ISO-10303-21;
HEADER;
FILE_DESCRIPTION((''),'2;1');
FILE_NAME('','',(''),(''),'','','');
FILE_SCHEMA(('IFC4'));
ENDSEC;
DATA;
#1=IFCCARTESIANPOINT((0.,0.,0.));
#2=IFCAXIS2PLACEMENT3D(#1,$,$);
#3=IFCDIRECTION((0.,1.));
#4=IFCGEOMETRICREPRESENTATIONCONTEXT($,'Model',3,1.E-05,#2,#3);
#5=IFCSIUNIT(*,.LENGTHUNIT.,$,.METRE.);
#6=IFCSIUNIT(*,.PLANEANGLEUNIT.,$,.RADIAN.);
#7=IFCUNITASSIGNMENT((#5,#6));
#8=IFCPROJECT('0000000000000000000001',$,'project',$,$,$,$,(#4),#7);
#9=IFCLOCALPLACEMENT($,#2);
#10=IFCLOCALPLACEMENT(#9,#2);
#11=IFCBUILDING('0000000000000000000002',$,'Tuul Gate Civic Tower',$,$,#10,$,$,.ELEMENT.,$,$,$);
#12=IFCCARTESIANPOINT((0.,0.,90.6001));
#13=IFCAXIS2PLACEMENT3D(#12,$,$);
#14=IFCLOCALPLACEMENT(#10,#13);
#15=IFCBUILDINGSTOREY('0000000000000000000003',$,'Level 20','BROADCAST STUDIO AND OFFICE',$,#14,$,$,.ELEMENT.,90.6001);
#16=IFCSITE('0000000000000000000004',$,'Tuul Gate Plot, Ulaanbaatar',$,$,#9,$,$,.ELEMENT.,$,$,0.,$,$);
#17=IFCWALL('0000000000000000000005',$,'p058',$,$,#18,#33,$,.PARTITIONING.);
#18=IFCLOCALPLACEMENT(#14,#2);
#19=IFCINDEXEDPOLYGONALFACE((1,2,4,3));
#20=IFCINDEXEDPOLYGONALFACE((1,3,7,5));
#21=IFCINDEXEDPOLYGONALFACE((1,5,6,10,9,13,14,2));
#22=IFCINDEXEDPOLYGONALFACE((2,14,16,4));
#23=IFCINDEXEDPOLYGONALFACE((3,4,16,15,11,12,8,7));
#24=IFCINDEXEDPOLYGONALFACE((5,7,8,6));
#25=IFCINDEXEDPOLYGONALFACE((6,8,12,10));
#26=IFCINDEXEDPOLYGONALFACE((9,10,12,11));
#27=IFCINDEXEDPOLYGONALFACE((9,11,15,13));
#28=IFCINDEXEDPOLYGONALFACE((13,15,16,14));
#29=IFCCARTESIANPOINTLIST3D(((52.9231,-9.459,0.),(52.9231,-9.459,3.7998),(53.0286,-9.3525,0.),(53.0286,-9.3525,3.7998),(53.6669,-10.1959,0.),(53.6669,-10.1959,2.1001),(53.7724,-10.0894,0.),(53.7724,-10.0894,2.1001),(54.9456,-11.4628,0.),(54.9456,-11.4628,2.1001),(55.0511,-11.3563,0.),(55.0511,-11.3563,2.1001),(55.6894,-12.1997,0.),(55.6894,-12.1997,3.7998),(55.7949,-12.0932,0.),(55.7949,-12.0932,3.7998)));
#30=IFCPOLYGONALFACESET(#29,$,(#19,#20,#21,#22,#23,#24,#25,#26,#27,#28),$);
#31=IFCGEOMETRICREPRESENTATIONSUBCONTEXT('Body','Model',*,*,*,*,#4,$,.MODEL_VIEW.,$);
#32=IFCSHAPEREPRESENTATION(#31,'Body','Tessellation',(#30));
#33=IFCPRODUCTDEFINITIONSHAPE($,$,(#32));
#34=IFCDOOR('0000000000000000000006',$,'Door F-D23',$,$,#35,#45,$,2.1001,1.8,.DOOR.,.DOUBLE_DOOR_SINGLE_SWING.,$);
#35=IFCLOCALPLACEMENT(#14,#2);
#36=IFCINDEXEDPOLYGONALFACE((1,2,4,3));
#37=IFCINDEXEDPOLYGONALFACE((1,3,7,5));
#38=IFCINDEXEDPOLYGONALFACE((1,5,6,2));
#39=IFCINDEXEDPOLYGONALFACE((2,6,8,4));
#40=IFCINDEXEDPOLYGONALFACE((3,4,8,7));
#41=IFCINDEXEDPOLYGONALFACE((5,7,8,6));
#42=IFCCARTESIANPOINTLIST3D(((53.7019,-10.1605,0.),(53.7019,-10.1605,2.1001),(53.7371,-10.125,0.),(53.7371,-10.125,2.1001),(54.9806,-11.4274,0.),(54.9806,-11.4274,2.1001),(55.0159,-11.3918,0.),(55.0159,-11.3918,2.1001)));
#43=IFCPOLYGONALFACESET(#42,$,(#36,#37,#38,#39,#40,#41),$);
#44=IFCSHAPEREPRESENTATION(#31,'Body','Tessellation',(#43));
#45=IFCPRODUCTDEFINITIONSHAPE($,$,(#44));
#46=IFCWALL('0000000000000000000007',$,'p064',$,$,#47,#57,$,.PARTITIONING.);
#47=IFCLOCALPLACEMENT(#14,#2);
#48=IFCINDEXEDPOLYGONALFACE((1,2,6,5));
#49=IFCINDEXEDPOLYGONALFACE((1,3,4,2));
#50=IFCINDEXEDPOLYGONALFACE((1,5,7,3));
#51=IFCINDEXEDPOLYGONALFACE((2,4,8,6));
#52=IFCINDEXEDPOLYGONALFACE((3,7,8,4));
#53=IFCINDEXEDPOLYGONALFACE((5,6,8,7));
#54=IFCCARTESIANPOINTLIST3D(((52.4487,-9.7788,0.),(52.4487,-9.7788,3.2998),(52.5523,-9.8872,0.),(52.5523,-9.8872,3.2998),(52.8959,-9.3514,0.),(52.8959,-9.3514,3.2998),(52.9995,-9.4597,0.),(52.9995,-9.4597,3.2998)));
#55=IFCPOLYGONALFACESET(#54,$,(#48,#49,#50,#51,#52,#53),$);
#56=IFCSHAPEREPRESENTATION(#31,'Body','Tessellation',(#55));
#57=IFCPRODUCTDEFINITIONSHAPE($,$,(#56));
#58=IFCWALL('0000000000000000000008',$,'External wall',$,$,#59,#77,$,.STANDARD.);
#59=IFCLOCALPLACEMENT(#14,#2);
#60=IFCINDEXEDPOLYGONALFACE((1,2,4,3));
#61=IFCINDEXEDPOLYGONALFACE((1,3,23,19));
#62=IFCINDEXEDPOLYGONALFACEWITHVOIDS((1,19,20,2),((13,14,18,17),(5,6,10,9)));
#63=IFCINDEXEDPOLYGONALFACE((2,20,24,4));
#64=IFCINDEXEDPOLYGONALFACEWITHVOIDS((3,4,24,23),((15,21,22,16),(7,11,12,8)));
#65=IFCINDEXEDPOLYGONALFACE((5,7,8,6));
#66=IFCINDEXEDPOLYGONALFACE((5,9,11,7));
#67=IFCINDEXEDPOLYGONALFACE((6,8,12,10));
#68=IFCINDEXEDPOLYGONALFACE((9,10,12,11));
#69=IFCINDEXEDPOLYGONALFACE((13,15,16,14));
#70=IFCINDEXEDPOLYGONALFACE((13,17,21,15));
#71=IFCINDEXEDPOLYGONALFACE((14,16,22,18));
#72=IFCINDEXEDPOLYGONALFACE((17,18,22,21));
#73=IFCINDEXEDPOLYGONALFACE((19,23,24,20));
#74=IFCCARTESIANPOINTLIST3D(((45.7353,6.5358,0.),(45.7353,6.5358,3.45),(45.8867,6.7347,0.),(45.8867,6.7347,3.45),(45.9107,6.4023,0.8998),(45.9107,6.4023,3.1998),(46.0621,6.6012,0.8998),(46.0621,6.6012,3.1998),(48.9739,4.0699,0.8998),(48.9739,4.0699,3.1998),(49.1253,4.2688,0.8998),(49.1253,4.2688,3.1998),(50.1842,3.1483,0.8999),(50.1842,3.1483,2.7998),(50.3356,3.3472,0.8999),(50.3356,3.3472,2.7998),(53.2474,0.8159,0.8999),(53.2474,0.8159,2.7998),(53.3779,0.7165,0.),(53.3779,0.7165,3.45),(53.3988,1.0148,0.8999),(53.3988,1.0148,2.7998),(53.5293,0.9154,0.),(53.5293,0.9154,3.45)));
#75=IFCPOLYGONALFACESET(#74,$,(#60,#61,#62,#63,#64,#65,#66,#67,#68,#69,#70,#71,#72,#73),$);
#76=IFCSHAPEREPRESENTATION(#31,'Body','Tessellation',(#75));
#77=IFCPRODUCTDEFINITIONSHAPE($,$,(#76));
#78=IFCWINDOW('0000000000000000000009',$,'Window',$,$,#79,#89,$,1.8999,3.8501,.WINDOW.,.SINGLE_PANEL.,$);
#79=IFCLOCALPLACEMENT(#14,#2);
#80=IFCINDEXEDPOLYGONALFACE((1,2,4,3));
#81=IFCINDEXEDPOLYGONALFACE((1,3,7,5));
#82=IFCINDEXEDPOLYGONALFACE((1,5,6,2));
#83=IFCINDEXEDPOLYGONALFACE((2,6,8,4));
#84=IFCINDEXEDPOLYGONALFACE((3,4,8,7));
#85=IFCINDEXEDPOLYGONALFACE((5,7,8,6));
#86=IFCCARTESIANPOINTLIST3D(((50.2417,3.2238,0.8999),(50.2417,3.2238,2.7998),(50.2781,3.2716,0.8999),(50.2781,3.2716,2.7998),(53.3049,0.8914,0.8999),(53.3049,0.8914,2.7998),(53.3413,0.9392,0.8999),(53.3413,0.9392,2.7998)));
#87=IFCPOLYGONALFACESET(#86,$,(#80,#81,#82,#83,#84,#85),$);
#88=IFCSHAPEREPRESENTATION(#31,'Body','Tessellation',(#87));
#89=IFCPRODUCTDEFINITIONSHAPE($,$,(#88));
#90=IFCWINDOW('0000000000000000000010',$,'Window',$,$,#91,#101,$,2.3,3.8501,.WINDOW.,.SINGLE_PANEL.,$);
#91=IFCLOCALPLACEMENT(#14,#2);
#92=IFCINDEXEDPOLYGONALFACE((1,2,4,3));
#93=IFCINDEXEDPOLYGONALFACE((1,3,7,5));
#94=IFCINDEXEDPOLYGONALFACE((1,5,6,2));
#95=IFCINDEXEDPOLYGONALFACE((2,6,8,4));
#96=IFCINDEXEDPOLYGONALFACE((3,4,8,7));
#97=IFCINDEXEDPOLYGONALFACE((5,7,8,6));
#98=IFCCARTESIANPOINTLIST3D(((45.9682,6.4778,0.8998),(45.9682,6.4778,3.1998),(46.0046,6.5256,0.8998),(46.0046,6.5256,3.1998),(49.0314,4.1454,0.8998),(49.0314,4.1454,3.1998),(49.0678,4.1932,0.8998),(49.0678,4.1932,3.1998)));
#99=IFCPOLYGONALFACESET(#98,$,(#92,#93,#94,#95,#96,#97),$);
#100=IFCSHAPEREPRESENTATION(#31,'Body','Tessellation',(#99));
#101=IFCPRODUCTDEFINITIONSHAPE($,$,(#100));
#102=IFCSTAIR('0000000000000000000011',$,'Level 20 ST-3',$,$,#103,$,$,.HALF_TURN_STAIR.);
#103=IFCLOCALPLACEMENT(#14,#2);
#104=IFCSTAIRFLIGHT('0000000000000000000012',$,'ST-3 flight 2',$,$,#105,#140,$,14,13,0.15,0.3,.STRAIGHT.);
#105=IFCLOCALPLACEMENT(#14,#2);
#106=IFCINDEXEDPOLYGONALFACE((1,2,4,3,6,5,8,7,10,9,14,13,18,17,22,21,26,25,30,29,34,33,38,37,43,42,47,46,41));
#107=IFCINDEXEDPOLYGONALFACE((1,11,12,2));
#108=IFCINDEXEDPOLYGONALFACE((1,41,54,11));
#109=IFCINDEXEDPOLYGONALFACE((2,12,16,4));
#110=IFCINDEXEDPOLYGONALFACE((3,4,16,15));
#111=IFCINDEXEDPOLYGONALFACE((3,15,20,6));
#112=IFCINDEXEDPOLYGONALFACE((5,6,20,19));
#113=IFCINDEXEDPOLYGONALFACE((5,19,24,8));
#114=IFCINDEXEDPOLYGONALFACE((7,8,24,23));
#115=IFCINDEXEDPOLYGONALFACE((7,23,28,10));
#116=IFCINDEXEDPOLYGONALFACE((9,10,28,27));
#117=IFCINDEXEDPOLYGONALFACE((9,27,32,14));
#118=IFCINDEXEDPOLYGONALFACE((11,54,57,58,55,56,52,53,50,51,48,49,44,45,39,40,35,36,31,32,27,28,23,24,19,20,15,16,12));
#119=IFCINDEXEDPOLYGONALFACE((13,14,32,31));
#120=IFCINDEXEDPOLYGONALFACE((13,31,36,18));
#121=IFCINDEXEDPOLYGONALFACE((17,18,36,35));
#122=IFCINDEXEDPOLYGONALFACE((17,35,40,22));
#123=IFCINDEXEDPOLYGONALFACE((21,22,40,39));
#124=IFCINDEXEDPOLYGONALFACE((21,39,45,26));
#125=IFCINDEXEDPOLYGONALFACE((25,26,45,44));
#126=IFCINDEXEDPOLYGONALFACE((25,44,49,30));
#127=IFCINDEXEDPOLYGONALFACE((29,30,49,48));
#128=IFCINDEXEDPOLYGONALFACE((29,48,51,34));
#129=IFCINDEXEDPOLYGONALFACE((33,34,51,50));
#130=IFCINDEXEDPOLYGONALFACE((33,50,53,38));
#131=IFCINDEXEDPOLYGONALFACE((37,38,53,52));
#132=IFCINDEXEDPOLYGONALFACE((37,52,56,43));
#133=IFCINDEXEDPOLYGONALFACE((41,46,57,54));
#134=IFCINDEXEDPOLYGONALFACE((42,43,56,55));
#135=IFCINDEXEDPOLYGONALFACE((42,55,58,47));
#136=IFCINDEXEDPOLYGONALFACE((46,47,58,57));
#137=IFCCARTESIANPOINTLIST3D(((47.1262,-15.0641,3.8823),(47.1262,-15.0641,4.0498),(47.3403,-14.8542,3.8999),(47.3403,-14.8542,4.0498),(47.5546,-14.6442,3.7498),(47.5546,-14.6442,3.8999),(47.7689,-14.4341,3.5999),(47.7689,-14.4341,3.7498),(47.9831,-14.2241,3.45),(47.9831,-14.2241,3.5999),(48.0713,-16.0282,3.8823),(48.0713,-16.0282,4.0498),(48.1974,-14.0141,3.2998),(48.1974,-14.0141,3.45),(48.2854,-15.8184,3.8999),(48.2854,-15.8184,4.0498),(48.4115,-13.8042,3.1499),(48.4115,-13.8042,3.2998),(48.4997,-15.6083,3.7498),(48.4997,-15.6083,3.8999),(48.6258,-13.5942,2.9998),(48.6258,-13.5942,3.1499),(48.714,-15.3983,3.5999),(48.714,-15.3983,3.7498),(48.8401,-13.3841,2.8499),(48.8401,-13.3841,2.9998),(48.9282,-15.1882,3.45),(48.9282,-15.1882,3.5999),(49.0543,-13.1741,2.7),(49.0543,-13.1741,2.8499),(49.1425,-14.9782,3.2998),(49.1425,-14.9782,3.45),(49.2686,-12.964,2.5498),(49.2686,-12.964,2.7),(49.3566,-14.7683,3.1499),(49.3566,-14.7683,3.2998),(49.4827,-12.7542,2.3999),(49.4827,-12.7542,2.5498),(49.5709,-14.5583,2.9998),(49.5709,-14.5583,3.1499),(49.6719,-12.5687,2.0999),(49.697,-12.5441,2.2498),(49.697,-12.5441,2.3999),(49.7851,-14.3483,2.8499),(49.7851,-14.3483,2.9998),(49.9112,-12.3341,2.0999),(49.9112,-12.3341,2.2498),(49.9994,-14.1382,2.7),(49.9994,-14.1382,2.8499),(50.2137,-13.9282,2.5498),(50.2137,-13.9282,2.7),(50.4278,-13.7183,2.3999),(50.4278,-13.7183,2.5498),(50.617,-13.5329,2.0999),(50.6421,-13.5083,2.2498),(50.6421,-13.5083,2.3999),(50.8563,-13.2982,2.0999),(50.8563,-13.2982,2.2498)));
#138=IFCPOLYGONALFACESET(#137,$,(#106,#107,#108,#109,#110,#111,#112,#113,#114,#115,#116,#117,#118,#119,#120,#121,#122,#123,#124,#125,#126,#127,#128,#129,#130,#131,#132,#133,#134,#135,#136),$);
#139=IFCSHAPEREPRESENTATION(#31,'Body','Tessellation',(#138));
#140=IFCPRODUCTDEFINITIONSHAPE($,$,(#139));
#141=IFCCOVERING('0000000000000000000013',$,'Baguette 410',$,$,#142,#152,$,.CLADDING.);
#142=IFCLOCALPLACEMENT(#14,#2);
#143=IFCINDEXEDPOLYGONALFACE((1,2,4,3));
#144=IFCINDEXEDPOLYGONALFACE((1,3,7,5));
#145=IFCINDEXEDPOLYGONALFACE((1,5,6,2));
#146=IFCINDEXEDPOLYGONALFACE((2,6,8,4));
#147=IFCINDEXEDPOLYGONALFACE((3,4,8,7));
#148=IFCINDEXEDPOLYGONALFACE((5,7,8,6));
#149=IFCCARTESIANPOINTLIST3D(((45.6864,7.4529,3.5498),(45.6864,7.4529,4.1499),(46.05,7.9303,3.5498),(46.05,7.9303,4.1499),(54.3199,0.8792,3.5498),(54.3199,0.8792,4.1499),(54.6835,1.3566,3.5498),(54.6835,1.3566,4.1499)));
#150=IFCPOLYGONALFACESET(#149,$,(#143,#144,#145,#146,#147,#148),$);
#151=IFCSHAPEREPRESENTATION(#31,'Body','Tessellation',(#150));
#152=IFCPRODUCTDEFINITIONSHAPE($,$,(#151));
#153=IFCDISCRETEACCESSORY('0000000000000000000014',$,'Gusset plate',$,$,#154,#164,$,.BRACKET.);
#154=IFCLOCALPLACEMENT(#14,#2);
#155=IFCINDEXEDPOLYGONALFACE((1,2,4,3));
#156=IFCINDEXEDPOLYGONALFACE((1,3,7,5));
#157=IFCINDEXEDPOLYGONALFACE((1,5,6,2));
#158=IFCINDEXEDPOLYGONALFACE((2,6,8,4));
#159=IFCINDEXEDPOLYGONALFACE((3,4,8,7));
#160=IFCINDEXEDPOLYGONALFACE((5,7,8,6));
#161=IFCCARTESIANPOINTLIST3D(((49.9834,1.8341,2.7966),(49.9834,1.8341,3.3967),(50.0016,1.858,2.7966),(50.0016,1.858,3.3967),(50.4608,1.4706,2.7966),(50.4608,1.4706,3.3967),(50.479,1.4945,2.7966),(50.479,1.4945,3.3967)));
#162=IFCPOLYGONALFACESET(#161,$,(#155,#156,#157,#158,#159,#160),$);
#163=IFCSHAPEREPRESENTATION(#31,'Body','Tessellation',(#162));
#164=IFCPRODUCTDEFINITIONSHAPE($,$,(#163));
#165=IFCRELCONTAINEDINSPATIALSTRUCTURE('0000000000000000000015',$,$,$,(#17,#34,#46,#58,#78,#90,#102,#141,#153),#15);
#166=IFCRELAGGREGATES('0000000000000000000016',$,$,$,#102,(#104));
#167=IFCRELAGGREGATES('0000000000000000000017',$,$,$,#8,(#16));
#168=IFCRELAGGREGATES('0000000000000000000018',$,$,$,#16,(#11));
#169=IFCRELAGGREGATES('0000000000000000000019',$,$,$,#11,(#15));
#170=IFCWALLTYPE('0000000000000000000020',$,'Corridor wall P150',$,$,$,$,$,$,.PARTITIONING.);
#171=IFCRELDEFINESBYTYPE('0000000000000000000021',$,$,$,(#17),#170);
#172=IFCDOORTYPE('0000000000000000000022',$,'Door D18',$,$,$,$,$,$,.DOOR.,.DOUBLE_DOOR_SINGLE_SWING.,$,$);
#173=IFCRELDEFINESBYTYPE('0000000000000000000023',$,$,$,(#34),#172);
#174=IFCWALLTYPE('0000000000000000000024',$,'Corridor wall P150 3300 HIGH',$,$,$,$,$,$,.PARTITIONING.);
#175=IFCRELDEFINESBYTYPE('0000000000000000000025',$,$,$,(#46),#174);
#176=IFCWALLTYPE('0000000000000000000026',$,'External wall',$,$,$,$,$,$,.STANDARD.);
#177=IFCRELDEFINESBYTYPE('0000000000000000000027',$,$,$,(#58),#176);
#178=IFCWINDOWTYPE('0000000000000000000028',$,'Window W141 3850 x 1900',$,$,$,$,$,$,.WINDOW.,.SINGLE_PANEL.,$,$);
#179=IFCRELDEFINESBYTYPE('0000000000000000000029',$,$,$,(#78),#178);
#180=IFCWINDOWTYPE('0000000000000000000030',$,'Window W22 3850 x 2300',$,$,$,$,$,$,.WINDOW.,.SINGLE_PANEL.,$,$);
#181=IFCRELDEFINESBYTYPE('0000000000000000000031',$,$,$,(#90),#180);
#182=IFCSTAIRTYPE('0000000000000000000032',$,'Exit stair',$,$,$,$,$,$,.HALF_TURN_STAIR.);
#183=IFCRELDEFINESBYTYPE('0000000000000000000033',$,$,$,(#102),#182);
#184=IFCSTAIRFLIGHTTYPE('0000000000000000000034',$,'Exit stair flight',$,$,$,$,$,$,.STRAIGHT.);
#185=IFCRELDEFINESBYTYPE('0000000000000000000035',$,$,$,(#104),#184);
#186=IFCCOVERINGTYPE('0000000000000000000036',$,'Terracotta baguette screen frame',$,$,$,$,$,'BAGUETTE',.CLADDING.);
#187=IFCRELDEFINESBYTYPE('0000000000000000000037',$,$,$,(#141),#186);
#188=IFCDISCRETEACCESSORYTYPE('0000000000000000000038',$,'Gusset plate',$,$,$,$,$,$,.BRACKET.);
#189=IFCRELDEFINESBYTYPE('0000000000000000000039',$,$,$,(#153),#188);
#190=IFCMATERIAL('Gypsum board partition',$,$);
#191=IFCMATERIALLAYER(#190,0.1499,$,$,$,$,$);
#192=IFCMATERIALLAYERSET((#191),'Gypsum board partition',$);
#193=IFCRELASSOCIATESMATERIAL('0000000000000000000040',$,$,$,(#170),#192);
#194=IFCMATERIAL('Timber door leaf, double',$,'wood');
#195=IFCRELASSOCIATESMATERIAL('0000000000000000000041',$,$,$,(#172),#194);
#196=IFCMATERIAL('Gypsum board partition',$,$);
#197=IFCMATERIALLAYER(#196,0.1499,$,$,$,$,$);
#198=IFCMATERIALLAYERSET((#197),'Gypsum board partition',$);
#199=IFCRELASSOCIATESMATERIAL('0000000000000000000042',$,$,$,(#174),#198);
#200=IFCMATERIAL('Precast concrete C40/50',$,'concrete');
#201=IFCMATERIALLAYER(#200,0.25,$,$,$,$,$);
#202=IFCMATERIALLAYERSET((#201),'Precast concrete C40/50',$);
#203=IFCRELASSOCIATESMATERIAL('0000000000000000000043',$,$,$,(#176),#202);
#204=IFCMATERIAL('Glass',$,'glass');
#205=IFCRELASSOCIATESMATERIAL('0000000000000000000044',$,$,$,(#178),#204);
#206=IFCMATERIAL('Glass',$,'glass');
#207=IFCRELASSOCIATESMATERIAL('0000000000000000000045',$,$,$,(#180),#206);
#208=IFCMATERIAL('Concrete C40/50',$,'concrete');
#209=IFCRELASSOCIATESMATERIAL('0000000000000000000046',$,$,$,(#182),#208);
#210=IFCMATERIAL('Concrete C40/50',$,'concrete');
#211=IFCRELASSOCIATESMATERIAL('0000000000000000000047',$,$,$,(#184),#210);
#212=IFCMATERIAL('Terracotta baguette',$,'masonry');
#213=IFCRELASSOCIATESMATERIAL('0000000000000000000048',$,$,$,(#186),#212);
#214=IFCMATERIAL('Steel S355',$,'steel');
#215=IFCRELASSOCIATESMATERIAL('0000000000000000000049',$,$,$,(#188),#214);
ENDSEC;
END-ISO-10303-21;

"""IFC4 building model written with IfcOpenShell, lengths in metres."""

from ifc_helpers import new_model, si_unit, direction, frame, frame_2d, origin, origin_2d, place, context, subcontext, project, spatial, polyline, rectangle, outline, extrude, material, layer, layer_set, material_profile, profile_set, type_object, element, fill, aggregate, save


model = new_model("IFC4")

# Units and contexts
model_context = context("Model", 3, precision=1e-05, world=origin(), true_north=direction((0.0, 1.0)))
body_context = subcontext(model_context, "Body", "Model", "MODEL_VIEW")
ifc_project = project(units=[si_unit("LENGTHUNIT", "METRE"), si_unit("PLANEANGLEUNIT", "RADIAN")], contexts=[model_context])

# Site, building, storey
site_placement = place(None, origin())
site = spatial("IfcSite", under=ifc_project, at=site_placement, Name="Tuul Gate Plot, Ulaanbaatar", CompositionType="ELEMENT", RefElevation=0.0)
building_placement = place(site_placement, origin())
building = spatial("IfcBuilding", under=site, at=building_placement, Name="Tuul Gate Civic Tower", CompositionType="ELEMENT")
storey_placement = place(building_placement, frame((0.0, 0.0, 90.6001)))
storey = spatial("IfcBuildingStorey", under=building, at=storey_placement, Name="Level 20", Description="BROADCAST STUDIO AND OFFICE", CompositionType="ELEMENT", Elevation=90.6001)

# Shared definitions
ifc_material_1 = material(Name="Gypsum board partition")
ifc_layer_1 = layer(ifc_material_1, 0.1499)
ifc_layer_set_1 = layer_set([ifc_layer_1], Name="Gypsum board partition")
wall_type_1 = type_object("IfcWallType", Name="Corridor wall P150", PredefinedType="PARTITIONING", material=ifc_layer_set_1)

# Wall, opening, door
wall_1_placement = place(storey_placement, frame((52.9758, -9.4058, 0.0), z_axis=(0.0, 0.0, 1.0), x_axis=(0.710391, -0.703808, 0.0)))
wall_1 = element("IfcWall", 1, at=wall_1_placement, inside=storey, type_object=wall_type_1, Name="p058", PredefinedType="PARTITIONING", context=body_context, shape_type="SweptSolid", body=[
    extrude(rectangle(XDim=3.894, YDim=0.1499, at=frame_2d((1.947, 0.0))), origin(), (0.0, 0.0, 1.0), 3.7998),
])
opening_1_placement = place(wall_1_placement, frame((1.0471, 0.0, 0.0)))
opening_1 = element("IfcOpeningElement", 2, at=opening_1_placement, cuts=wall_1, PredefinedType="OPENING", context=body_context, shape_type="SweptSolid", body=[
    extrude(rectangle(XDim=1.8, YDim=2.1001, at=frame_2d((0.8999, 1.05))), frame((0.0, 0.085, 0.0), z_axis=(0.0, -1.0, 0.0), x_axis=(1.0, 0.0, 0.0)), (0.0, 0.0, 1.0), 0.1699),
])
ifc_material_2 = material(Name="Timber door leaf, double", Category="wood")
door_type_1 = type_object("IfcDoorType", Name="Door D18", OperationType="DOUBLE_DOOR_SINGLE_SWING", PredefinedType="DOOR", material=ifc_material_2)
door_1_placement = place(opening_1_placement, origin())
door_1 = element("IfcDoor", 3, at=door_1_placement, inside=storey, type_object=door_type_1, Name="Door F-D23", OperationType="DOUBLE_DOOR_SINGLE_SWING", OverallHeight=2.1001, OverallWidth=1.8, PredefinedType="DOOR", context=body_context, shape_type="SweptSolid", body=[
    extrude(rectangle(XDim=1.8, YDim=2.1001, at=frame_2d((0.8999, 1.05))), frame((0.0, 0.0249, 0.0), z_axis=(0.0, -1.0, 0.0), x_axis=(1.0, 0.0, 0.0)), (0.0, 0.0, 1.0), 0.05),
])
fill(opening_1, door_1)

# Wall
ifc_material_3 = material(Name="Gypsum board partition")
ifc_layer_2 = layer(ifc_material_3, 0.1499)
ifc_layer_set_2 = layer_set([ifc_layer_2], Name="Gypsum board partition")
wall_type_2 = type_object("IfcWallType", Name="Corridor wall P150 3300 HIGH", PredefinedType="PARTITIONING", material=ifc_layer_set_2)
wall_2_placement = place(storey_placement, frame((52.5005, -9.833, 0.0), z_axis=(0.0, 0.0, 1.0), x_axis=(0.722907, 0.690945, 0.0)))
element("IfcWall", 4, at=wall_2_placement, inside=storey, type_object=wall_type_2, Name="p064", PredefinedType="PARTITIONING", context=body_context, shape_type="SweptSolid", body=[
    extrude(rectangle(XDim=0.6187, YDim=0.1499, at=frame_2d((0.3093, 0.0))), origin(), (0.0, 0.0, 1.0), 3.2998),
])

# Wall, openings, windows
ifc_material_4 = material(Name="Precast concrete C40/50", Category="concrete")
ifc_layer_3 = layer(ifc_material_4, 0.25)
ifc_layer_set_3 = layer_set([ifc_layer_3], Name="Precast concrete C40/50")
wall_type_3 = type_object("IfcWallType", Name="External wall", PredefinedType="STANDARD", material=ifc_layer_set_3)
wall_3_placement = place(storey_placement, frame((53.4536, 0.8159, 0.0), z_axis=(0.0, 0.0, 1.0), x_axis=(-0.795611, 0.605807, 0.0)))
wall_3 = element("IfcWall", 5, at=wall_3_placement, inside=storey, type_object=wall_type_3, Name="External wall", PredefinedType="STANDARD", context=body_context, shape_type="SweptSolid", body=[
    extrude(rectangle(XDim=9.606, YDim=0.25, at=frame_2d((4.803, 0.0))), origin(), (0.0, 0.0, 1.0), 3.45),
])
opening_2_placement = place(wall_3_placement, frame((0.1641, 0.0, 0.8999)))
opening_2 = element("IfcOpeningElement", 6, at=opening_2_placement, cuts=wall_3, PredefinedType="OPENING", context=body_context, shape_type="SweptSolid", body=[
    extrude(rectangle(XDim=3.8501, YDim=1.8999, at=frame_2d((1.925, 0.95))), frame((0.0, 0.135, 0.0), z_axis=(0.0, -1.0, 0.0), x_axis=(1.0, 0.0, 0.0)), (0.0, 0.0, 1.0), 0.27),
])
opening_3_placement = place(wall_3_placement, frame((5.5354, 0.0, 0.8999)))
opening_3 = element("IfcOpeningElement", 7, at=opening_3_placement, cuts=wall_3, PredefinedType="OPENING", context=body_context, shape_type="SweptSolid", body=[
    extrude(rectangle(XDim=3.8501, YDim=2.3, at=frame_2d((1.925, 1.1499))), frame((0.0, 0.135, 0.0), z_axis=(0.0, -1.0, 0.0), x_axis=(1.0, 0.0, 0.0)), (0.0, 0.0, 1.0), 0.27),
])
ifc_material_5 = material(Name="Glass", Category="glass")
window_type_1 = type_object("IfcWindowType", Name="Window W141 3850 x 1900", PartitioningType="SINGLE_PANEL", PredefinedType="WINDOW", material=ifc_material_5)
window_1_placement = place(opening_2_placement, origin())
window_1 = element("IfcWindow", 8, at=window_1_placement, inside=storey, type_object=window_type_1, Name="Window", OverallHeight=1.8999, OverallWidth=3.8501, PartitioningType="SINGLE_PANEL", PredefinedType="WINDOW", context=body_context, shape_type="SweptSolid", body=[
    extrude(rectangle(XDim=3.8501, YDim=1.8999, at=frame_2d((1.925, 0.95))), frame((0.0, 0.03, 0.0), z_axis=(0.0, -1.0, 0.0), x_axis=(1.0, 0.0, 0.0)), (0.0, 0.0, 1.0), 0.0601),
])
fill(opening_2, window_1)
ifc_material_6 = material(Name="Glass", Category="glass")
window_type_2 = type_object("IfcWindowType", Name="Window W22 3850 x 2300", PartitioningType="SINGLE_PANEL", PredefinedType="WINDOW", material=ifc_material_6)
window_2_placement = place(opening_3_placement, origin())
window_2 = element("IfcWindow", 9, at=window_2_placement, inside=storey, type_object=window_type_2, Name="Window", OverallHeight=2.3, OverallWidth=3.8501, PartitioningType="SINGLE_PANEL", PredefinedType="WINDOW", context=body_context, shape_type="SweptSolid", body=[
    extrude(rectangle(XDim=3.8501, YDim=2.3, at=frame_2d((1.925, 1.1499))), frame((0.0, 0.03, 0.0), z_axis=(0.0, -1.0, 0.0), x_axis=(1.0, 0.0, 0.0)), (0.0, 0.0, 1.0), 0.0601),
])
fill(opening_3, window_2)

# Stair, stair flight
ifc_material_7 = material(Name="Concrete C40/50", Category="concrete")
stair_type = type_object("IfcStairType", Name="Exit stair", PredefinedType="HALF_TURN_STAIR", material=ifc_material_7)
stair_placement = place(storey_placement, origin())
stair = element("IfcStair", 10, at=stair_placement, inside=storey, type_object=stair_type, Name="Level 20 ST-3", PredefinedType="HALF_TURN_STAIR")
ifc_material_8 = material(Name="Concrete C40/50", Category="concrete")
stair_flight_type = type_object("IfcStairFlightType", Name="Exit stair flight", PredefinedType="STRAIGHT", material=ifc_material_8)
stair_flight_placement = place(storey_placement, frame((50.3838, -12.8162, 2.0999), z_axis=(0.0, 0.0, 1.0), x_axis=(-0.714127, -0.700016, 0.0)))
stair_flight = element("IfcStairFlight", 11, at=stair_flight_placement, type_object=stair_flight_type, Name="ST-3 flight 2", NumberOfRisers=14, NumberOfTreads=13, PredefinedType="STRAIGHT", RiserHeight=0.15, TreadLength=0.3, context=body_context, shape_type="SweptSolid", body=[
    extrude(outline(polyline([(0.0, 0.0), (0.0, 0.1499), (0.3, 0.1499), (0.3, 0.3), (0.6001, 0.3), (0.6001, 0.45), (0.8999, 0.45), (0.8999, 0.6001), (1.2, 0.6001), (1.2, 0.75), (1.5, 0.75), (1.5, 0.8999), (1.8, 0.8999), (1.8, 1.05), (2.1001, 1.05), (2.1001, 1.2), (2.3999, 1.2), (2.3999, 1.3501), (2.7, 1.3501), (2.7, 1.5), (3.0, 1.5), (3.0, 1.6499), (3.3, 1.6499), (3.3, 1.8), (3.6001, 1.8), (3.6001, 1.95), (3.8999, 1.95), (3.8999, 2.1001), (3.8999, 1.7825), (0.3352, 0.0), (0.0, 0.0)])), frame((0.0, 0.675, 0.0), z_axis=(0.0, -1.0, 0.0), x_axis=(1.0, 0.0, 0.0)), (0.0, 0.0, 1.0), 1.3501),
])
aggregate(stair, [stair_flight])

# Covering
ifc_material_9 = material(Name="Terracotta baguette", Category="masonry")
ifc_material_profile_1 = material_profile(ifc_material_9, rectangle(XDim=0.6001, YDim=0.6001, at=origin_2d()), Name="Terracotta baguette screen frame")
ifc_profile_set_1 = profile_set([ifc_material_profile_1], Name="Terracotta baguette")
covering_type = type_object("IfcCoveringType", Name="Terracotta baguette screen frame", ElementType="BAGUETTE", PredefinedType="CLADDING", material=ifc_profile_set_1)
covering_placement = place(storey_placement, frame((54.5017, 1.1179, 3.8499), z_axis=(-0.795619, 0.605798, 0.0), x_axis=(-0.605798, -0.795619, 0.0)))
element("IfcCovering", 12, at=covering_placement, inside=storey, type_object=covering_type, Name="Baguette 410", PredefinedType="CLADDING", context=body_context, shape_type="SweptSolid", body=[
    extrude(rectangle(XDim=0.6001, YDim=0.6001, at=origin_2d()), origin(), (0.0, 0.0, 1.0), 10.8513),
])

# Discrete accessory
ifc_material_10 = material(Name="Steel S355", Category="steel")
discrete_accessory_type = type_object("IfcDiscreteAccessoryType", Name="Gusset plate", PredefinedType="BRACKET", material=ifc_material_10)
discrete_accessory_placement = place(storey_placement, frame((50.2312, 1.6643, 2.7966), z_axis=(0.0, 0.0, 1.0), x_axis=(0.795629, -0.605784, 0.0)))
element("IfcDiscreteAccessory", 13, at=discrete_accessory_placement, inside=storey, type_object=discrete_accessory_type, Name="Gusset plate", PredefinedType="BRACKET", context=body_context, shape_type="SweptSolid", body=[
    extrude(rectangle(XDim=0.6001, YDim=0.03, at=origin_2d()), origin(), (0.0, 0.0, 1.0), 0.6001),
])

save(model, "model.ifc")
